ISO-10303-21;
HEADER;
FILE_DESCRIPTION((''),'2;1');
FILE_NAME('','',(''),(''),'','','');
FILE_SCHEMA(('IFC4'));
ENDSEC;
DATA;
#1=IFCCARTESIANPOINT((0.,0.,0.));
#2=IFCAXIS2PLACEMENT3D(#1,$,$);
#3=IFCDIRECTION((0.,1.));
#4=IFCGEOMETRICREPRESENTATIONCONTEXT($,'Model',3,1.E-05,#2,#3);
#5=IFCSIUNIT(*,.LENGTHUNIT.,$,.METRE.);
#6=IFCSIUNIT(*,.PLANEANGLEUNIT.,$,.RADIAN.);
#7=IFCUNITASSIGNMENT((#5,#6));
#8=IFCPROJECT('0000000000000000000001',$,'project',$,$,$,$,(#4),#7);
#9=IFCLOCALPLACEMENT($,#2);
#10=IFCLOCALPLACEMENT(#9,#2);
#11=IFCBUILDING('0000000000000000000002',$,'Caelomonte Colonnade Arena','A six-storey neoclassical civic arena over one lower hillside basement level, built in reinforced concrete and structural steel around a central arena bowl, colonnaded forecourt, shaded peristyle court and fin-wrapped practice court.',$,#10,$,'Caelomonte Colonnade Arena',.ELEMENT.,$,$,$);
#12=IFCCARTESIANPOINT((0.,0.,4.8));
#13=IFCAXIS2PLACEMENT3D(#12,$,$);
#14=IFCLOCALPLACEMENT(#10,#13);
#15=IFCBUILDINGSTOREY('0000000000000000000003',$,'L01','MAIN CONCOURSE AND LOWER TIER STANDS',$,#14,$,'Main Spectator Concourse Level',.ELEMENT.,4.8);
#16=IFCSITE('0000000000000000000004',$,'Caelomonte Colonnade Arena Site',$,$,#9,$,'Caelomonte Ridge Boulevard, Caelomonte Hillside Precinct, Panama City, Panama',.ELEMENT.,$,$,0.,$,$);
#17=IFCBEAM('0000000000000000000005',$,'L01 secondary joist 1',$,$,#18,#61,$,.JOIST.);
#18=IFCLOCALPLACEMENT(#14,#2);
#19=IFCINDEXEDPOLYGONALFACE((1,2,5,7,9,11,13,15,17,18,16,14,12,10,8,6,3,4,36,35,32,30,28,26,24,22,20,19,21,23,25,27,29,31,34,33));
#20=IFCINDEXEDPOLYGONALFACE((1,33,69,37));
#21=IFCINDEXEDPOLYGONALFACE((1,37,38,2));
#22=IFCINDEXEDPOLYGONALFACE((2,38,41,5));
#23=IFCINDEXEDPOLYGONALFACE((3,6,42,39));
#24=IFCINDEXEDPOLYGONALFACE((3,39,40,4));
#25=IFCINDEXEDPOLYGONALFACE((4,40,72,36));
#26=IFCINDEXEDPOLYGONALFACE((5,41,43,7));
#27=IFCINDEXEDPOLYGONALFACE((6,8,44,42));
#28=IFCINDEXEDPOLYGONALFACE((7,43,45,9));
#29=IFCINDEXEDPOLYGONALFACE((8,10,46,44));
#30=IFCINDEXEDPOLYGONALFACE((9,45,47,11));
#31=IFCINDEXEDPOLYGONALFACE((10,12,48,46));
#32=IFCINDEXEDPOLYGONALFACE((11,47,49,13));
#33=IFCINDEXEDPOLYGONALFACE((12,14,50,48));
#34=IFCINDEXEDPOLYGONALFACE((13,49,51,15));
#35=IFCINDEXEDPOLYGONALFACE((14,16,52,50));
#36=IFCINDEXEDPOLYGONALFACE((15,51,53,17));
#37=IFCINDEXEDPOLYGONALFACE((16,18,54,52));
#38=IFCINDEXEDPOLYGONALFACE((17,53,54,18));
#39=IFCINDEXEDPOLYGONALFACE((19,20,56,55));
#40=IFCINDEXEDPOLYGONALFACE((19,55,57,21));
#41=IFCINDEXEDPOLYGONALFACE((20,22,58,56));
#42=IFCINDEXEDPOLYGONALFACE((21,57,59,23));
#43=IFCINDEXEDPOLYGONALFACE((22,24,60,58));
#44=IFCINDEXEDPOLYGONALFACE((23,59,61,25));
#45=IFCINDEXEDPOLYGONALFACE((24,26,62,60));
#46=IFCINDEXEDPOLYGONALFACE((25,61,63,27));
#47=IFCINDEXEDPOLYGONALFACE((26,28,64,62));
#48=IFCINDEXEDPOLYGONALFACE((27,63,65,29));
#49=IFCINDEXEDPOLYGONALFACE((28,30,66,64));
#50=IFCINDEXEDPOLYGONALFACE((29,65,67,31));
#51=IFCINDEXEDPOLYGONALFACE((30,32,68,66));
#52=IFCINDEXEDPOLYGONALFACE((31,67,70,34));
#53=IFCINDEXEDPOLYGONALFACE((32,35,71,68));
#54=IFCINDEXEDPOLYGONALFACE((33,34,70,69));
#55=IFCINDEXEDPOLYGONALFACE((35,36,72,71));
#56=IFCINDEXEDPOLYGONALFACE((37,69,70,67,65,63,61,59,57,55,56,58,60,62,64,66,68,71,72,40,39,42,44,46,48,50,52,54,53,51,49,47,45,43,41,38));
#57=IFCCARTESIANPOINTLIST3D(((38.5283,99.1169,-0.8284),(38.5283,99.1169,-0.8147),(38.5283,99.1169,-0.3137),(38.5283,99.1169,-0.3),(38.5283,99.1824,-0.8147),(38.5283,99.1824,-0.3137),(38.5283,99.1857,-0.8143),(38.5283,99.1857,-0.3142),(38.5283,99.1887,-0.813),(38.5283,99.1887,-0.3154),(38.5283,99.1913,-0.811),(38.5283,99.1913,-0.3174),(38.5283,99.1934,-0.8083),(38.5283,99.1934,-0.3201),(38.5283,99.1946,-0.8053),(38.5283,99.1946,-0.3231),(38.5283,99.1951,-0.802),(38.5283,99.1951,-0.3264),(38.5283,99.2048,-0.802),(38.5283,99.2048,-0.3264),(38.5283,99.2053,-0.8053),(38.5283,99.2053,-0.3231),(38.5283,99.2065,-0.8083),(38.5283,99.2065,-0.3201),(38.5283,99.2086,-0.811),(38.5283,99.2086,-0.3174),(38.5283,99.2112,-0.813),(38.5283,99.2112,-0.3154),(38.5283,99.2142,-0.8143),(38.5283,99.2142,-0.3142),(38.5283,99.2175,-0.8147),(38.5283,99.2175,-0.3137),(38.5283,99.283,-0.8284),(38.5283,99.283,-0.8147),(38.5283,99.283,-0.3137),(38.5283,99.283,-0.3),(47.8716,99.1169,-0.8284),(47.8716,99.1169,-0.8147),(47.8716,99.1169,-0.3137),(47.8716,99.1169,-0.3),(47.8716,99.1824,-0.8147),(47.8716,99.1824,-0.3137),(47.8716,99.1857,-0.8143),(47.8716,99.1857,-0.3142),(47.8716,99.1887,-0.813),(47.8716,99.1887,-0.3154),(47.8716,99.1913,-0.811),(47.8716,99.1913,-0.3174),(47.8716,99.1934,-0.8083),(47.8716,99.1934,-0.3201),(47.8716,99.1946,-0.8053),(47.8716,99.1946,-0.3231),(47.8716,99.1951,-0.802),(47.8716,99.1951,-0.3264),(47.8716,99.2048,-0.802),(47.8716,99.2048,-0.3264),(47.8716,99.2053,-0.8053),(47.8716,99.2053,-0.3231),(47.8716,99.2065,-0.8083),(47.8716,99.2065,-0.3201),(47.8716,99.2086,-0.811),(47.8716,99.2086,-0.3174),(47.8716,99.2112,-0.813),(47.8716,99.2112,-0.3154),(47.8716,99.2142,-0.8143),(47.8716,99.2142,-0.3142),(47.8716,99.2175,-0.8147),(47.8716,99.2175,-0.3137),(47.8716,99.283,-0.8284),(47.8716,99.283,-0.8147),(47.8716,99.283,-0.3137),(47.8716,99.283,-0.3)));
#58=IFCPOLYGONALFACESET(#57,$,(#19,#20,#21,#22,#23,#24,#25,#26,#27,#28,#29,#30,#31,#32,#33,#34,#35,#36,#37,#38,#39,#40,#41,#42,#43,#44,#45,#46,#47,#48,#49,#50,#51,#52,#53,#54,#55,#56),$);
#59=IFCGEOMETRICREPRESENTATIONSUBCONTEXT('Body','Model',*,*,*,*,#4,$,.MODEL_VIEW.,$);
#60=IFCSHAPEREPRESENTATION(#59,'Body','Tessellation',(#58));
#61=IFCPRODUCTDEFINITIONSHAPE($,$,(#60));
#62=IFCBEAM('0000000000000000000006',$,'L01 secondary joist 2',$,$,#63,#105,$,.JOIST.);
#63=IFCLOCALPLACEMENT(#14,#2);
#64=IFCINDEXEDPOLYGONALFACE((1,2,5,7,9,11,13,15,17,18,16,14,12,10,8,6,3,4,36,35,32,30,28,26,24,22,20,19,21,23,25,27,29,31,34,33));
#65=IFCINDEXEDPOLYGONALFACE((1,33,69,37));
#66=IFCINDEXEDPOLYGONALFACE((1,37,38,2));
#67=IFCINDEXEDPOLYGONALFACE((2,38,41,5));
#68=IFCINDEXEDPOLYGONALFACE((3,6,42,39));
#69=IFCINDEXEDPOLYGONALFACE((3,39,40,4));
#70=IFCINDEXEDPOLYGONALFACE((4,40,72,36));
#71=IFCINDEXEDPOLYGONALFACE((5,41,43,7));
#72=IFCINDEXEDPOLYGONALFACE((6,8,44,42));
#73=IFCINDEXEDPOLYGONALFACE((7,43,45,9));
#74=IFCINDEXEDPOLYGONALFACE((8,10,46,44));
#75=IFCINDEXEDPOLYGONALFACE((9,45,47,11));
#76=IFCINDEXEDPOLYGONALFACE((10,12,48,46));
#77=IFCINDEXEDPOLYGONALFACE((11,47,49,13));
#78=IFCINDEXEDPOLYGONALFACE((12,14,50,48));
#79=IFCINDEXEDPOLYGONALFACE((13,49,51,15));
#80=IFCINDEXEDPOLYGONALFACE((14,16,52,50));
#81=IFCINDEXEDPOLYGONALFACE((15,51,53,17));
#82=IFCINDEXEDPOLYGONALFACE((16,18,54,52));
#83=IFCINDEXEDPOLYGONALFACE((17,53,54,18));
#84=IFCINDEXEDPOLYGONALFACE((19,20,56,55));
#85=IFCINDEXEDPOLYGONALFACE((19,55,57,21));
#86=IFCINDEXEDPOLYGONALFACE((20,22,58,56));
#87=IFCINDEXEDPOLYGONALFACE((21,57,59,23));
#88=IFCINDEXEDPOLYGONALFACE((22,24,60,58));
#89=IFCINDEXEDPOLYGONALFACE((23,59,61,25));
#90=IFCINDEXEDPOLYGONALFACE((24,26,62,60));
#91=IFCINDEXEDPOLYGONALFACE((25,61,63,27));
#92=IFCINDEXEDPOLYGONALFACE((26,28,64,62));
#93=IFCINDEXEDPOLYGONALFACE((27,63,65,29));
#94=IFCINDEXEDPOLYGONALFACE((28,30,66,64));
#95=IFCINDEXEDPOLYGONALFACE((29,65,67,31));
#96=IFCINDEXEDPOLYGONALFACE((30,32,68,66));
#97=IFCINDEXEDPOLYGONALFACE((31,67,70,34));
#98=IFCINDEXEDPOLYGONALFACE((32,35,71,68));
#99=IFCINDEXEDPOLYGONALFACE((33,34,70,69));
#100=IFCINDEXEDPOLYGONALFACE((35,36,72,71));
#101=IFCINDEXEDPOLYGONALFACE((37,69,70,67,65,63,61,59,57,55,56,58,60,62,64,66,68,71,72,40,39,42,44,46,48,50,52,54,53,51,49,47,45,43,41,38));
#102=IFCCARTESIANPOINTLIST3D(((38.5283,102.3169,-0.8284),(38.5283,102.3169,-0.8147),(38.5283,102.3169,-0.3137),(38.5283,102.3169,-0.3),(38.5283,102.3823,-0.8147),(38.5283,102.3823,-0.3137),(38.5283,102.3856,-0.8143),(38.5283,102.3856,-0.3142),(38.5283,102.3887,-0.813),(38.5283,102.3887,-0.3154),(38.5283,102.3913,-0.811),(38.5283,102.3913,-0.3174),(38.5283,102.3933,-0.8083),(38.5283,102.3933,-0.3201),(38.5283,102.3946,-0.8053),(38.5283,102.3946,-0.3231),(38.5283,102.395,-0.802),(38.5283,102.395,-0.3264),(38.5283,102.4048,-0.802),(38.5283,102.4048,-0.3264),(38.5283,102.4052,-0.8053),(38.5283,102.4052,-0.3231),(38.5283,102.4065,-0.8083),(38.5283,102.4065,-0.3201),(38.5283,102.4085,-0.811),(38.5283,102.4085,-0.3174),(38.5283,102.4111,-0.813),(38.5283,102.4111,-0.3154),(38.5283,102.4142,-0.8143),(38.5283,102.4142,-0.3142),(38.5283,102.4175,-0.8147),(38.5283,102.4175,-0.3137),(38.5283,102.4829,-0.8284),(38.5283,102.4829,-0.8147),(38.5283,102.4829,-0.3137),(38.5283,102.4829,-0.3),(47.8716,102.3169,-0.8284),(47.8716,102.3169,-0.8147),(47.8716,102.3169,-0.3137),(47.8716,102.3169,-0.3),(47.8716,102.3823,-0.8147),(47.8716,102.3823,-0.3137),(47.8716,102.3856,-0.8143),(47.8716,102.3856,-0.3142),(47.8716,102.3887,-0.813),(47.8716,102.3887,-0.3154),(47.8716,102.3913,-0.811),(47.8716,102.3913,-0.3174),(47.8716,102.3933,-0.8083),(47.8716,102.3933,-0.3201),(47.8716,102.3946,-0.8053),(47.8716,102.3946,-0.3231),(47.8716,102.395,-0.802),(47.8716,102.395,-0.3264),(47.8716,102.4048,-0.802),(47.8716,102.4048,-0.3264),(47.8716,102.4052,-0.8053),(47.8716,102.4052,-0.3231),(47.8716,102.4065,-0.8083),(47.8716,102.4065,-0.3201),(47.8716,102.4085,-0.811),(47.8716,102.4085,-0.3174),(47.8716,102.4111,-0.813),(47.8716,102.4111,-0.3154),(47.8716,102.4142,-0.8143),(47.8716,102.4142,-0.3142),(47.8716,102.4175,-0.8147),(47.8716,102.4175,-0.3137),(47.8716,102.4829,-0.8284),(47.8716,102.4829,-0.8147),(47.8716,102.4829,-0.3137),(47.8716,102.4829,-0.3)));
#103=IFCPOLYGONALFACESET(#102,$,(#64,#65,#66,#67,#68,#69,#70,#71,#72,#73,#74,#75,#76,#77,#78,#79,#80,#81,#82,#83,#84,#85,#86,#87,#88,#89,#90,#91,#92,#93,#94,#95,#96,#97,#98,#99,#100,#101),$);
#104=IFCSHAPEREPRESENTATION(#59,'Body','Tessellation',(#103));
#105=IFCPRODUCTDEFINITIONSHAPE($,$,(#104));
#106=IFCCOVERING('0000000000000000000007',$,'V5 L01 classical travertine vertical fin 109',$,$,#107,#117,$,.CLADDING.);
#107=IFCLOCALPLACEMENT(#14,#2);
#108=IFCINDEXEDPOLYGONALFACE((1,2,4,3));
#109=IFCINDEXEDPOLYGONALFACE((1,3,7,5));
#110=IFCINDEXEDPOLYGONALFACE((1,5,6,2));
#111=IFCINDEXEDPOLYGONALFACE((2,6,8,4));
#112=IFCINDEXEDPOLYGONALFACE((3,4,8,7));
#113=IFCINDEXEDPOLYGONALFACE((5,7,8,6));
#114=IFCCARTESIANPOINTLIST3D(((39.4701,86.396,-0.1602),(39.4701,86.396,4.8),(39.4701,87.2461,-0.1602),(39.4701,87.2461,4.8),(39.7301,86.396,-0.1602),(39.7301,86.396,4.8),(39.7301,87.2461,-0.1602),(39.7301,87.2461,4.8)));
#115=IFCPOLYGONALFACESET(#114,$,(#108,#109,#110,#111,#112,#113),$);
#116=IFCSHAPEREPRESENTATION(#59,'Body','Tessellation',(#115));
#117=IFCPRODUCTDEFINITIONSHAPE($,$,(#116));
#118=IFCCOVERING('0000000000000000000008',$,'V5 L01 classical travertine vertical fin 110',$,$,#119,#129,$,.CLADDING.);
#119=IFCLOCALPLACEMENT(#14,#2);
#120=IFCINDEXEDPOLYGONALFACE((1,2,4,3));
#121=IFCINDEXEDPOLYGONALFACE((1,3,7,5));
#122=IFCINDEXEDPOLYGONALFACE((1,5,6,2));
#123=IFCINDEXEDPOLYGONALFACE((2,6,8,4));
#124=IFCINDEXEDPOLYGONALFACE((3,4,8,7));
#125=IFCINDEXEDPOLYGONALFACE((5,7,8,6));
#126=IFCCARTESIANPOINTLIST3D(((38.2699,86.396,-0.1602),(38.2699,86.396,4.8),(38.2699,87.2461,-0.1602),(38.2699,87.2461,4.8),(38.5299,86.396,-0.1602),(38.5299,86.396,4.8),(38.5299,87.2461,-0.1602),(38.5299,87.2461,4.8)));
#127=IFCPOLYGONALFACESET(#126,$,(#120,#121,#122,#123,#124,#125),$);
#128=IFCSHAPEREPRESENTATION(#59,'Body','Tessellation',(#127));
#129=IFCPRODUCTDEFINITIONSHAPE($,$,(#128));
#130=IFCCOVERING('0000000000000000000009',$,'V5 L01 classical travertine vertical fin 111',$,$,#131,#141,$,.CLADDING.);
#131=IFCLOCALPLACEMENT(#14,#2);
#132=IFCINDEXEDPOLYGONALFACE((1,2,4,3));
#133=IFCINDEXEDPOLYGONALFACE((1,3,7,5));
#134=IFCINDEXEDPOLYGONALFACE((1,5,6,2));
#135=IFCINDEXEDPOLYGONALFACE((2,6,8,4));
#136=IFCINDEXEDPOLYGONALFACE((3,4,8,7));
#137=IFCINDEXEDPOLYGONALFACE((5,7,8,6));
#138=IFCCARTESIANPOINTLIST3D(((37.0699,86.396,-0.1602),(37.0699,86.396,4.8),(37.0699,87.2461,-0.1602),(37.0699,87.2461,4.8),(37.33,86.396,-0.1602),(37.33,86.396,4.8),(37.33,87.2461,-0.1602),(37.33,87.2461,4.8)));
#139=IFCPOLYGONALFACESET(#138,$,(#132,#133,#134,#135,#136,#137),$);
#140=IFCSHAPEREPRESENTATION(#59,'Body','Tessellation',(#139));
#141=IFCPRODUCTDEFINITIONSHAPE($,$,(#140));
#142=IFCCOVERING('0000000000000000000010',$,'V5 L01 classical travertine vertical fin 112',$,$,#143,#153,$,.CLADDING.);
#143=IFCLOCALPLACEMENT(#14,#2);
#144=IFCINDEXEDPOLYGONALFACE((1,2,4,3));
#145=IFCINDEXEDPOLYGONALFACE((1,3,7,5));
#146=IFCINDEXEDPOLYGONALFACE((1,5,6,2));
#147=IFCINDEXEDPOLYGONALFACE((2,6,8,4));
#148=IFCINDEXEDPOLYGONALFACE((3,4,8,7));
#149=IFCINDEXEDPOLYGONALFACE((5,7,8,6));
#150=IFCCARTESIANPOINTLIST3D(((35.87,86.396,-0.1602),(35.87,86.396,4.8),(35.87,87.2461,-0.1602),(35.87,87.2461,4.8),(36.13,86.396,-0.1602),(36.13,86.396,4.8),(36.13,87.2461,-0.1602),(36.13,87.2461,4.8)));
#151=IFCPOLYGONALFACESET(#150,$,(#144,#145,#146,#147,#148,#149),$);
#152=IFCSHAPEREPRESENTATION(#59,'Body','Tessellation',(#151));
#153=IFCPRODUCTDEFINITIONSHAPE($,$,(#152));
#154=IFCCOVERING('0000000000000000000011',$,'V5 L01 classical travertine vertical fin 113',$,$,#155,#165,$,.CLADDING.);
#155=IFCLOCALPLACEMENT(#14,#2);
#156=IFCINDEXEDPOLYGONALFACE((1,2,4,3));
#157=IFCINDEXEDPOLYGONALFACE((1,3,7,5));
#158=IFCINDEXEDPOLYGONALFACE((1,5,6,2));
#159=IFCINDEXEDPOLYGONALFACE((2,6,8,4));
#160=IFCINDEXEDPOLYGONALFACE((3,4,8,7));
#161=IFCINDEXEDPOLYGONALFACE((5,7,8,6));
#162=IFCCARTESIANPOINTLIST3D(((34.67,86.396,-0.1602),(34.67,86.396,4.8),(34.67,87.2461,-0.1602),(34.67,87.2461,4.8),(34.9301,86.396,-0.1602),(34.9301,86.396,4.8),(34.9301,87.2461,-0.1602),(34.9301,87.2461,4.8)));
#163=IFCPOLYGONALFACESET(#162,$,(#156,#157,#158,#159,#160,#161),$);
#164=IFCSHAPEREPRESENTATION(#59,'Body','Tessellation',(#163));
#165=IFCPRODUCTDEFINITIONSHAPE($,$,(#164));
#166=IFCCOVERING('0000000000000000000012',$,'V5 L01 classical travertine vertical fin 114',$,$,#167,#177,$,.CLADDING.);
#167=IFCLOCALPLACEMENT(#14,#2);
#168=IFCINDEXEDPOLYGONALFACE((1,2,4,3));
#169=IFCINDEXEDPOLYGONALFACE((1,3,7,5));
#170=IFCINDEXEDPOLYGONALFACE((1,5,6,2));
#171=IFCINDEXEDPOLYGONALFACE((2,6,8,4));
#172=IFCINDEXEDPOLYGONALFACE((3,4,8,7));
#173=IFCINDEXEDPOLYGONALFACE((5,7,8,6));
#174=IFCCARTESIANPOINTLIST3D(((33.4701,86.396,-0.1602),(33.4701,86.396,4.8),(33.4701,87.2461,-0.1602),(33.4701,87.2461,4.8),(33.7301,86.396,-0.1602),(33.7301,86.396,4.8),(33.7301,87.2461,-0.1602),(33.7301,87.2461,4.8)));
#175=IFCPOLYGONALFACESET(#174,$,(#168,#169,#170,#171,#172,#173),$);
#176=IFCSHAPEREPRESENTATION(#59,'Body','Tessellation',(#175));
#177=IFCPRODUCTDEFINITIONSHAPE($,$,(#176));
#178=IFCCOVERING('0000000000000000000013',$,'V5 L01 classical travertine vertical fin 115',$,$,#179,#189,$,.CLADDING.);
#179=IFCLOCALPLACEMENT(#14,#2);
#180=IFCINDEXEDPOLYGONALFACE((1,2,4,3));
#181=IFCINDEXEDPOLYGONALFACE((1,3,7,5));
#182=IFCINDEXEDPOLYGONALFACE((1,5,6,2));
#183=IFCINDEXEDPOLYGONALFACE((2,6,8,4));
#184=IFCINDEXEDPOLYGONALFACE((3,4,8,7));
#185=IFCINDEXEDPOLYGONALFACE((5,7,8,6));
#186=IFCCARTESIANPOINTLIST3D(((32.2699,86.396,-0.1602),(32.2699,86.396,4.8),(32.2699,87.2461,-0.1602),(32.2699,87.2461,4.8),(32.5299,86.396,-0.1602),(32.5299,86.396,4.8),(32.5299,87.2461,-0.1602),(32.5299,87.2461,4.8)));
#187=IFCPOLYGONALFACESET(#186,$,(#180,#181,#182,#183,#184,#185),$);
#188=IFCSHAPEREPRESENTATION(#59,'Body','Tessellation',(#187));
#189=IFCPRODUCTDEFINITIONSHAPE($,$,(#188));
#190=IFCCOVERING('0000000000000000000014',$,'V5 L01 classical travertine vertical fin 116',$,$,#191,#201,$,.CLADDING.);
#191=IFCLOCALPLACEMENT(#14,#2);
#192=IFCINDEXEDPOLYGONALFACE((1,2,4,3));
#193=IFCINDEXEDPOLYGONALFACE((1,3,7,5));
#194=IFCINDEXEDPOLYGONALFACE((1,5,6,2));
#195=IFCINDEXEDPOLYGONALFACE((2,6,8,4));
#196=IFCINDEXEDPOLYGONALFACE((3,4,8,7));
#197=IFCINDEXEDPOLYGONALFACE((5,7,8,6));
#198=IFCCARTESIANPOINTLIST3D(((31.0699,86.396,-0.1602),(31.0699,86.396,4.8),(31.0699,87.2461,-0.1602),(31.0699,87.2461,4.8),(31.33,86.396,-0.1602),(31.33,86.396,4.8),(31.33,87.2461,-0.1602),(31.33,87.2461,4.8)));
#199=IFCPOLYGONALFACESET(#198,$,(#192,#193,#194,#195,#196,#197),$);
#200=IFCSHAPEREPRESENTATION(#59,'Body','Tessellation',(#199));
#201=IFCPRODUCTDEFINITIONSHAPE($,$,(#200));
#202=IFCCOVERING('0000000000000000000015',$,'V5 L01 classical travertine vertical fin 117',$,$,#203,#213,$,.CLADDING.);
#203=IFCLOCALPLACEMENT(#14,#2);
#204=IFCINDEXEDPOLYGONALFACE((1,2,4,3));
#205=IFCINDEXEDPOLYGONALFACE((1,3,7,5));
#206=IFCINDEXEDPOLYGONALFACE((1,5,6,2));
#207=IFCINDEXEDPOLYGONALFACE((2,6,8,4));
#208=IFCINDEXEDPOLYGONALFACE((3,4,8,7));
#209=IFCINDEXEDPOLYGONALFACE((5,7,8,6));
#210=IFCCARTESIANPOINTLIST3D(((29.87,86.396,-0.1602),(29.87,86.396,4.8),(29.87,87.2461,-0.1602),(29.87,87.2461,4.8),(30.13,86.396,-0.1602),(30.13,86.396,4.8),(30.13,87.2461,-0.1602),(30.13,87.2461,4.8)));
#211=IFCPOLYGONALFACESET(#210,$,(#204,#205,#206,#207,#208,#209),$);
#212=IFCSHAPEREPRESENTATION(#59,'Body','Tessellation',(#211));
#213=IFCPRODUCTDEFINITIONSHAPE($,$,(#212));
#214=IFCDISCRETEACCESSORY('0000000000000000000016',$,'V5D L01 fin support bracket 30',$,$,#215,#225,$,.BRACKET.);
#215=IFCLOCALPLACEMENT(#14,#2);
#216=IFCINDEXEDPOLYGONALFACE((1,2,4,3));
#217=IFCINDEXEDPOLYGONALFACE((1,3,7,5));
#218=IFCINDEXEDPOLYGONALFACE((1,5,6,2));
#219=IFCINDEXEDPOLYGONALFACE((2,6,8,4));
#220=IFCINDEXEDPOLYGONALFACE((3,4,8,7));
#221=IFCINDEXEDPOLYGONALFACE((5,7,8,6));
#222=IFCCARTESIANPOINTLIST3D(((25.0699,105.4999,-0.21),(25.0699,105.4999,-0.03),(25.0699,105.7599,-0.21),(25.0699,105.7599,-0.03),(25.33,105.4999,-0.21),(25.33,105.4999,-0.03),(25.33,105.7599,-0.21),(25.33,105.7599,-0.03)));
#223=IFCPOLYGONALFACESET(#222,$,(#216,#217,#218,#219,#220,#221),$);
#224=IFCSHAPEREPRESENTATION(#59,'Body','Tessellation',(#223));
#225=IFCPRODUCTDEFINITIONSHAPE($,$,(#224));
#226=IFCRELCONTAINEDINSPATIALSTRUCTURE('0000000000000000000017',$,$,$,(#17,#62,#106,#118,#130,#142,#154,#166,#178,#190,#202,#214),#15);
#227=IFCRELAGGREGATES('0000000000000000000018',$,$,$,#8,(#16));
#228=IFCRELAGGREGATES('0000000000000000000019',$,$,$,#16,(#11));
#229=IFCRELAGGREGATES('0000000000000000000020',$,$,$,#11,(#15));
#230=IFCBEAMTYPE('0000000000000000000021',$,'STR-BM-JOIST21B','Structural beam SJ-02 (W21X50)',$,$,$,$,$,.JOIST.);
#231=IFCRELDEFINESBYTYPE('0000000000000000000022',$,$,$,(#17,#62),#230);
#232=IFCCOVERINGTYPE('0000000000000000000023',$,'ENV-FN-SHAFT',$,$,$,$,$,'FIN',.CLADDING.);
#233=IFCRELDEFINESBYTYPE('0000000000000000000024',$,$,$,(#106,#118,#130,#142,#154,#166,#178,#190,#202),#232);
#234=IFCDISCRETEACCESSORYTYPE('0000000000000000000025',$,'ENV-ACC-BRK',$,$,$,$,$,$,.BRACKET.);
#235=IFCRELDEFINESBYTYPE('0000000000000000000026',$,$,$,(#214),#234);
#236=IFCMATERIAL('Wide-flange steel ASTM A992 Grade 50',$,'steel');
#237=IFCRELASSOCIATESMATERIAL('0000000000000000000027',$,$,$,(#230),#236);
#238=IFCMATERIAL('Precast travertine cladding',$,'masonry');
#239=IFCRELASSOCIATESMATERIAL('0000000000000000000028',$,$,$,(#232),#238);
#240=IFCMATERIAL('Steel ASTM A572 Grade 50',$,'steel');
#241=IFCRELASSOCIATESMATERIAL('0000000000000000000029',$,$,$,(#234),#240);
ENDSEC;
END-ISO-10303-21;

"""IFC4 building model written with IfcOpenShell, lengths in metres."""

from ifc_helpers import new_model, si_unit, direction, frame, origin, origin_2d, place, context, subcontext, project, spatial, rectangle, i_section, extrude, material, material_profile, profile_set, type_object, element, save


model = new_model("IFC4")

# Units and contexts
model_context = context("Model", 3, precision=1e-05, world=origin(), true_north=direction((0.0, 1.0)))
body_context = subcontext(model_context, "Body", "Model", "MODEL_VIEW")
ifc_project = project(units=[si_unit("LENGTHUNIT", "METRE"), si_unit("PLANEANGLEUNIT", "RADIAN")], contexts=[model_context])

# Site, building, storey
site_placement = place(None, origin())
site = spatial("IfcSite", under=ifc_project, at=site_placement, Name="Caelomonte Colonnade Arena Site", LongName="Caelomonte Ridge Boulevard, Caelomonte Hillside Precinct, Panama City, Panama", CompositionType="ELEMENT", RefElevation=0.0)
building_placement = place(site_placement, origin())
building = spatial("IfcBuilding", under=site, at=building_placement, Name="Caelomonte Colonnade Arena", Description="A six-storey neoclassical civic arena over one lower hillside basement level, built in reinforced concrete and structural steel around a central arena bowl, colonnaded forecourt, shaded peristyle court and fin-wrapped practice court.", LongName="Caelomonte Colonnade Arena", CompositionType="ELEMENT")
storey_placement = place(building_placement, frame((0.0, 0.0, 4.8)))
storey = spatial("IfcBuildingStorey", under=building, at=storey_placement, Name="L01", Description="MAIN CONCOURSE AND LOWER TIER STANDS", LongName="Main Spectator Concourse Level", CompositionType="ELEMENT", Elevation=4.8)

# Beams
ifc_material_1 = material(Name="Wide-flange steel ASTM A992 Grade 50", Category="steel")
ifc_material_profile_1 = material_profile(ifc_material_1, i_section(OverallWidth=0.166, OverallDepth=0.5283, WebThickness=0.0098, FlangeThickness=0.0137, FilletRadius=0.0127, at=origin_2d()), Name="W21X50")
ifc_profile_set_1 = profile_set([ifc_material_profile_1], Name="Wide-flange steel ASTM A992 Grade 50")
beam_type_1 = type_object("IfcBeamType", Name="STR-BM-JOIST21B", Description="Structural beam SJ-02 (W21X50)", PredefinedType="JOIST", material=ifc_profile_set_1)
for number, where, z_axis, x_axis, name in (
    (1, (38.5283, 99.2, -0.5642), (1.0, 0.0, 0.0), (0.0, 1.0, 0.0), "L01 secondary joist 1"),
    (2, (38.5283, 102.3999, -0.5642), (1.0, 0.0, 0.0), (0.0, 1.0, 0.0), "L01 secondary joist 2"),
):
    element("IfcBeam", number, at=place(storey_placement, frame(where, z_axis=z_axis, x_axis=x_axis)), inside=storey, type_object=beam_type_1, Name=name, PredefinedType="JOIST", context=body_context, shape_type="SweptSolid", body=[
        extrude(i_section(OverallWidth=0.166, OverallDepth=0.5283, WebThickness=0.0098, FlangeThickness=0.0137, FilletRadius=0.0127, at=origin_2d()), origin(), (0.0, 0.0, 1.0), 9.3433),
    ])

# Coverings
ifc_material_2 = material(Name="Precast travertine cladding", Category="masonry")
ifc_material_profile_2 = material_profile(ifc_material_2, rectangle(XDim=0.26, YDim=0.8501, at=origin_2d()), Name="FIN260X850")
ifc_profile_set_2 = profile_set([ifc_material_profile_2], Name="Precast travertine cladding")
covering_type = type_object("IfcCoveringType", Name="ENV-FN-SHAFT", ElementType="FIN", PredefinedType="CLADDING", material=ifc_profile_set_2)
for number, where, z_axis, x_axis, name in (
    (3, (39.6001, 86.821, -0.1602), (0.0, 0.0, 1.0), (1.0, 0.0, 0.0), "V5 L01 classical travertine vertical fin 109"),
    (4, (38.3999, 86.821, -0.1602), (0.0, 0.0, 1.0), (1.0, 0.0, 0.0), "V5 L01 classical travertine vertical fin 110"),
    (5, (37.2, 86.821, -0.1602), (0.0, 0.0, 1.0), (1.0, 0.0, 0.0), "V5 L01 classical travertine vertical fin 111"),
    (6, (36.0, 86.821, -0.1602), (0.0, 0.0, 1.0), (1.0, 0.0, 0.0), "V5 L01 classical travertine vertical fin 112"),
    (7, (34.8, 86.821, -0.1602), (0.0, 0.0, 1.0), (1.0, 0.0, 0.0), "V5 L01 classical travertine vertical fin 113"),
    (8, (33.6001, 86.821, -0.1602), (0.0, 0.0, 1.0), (1.0, 0.0, 0.0), "V5 L01 classical travertine vertical fin 114"),
    (9, (32.3999, 86.821, -0.1602), (0.0, 0.0, 1.0), (1.0, 0.0, 0.0), "V5 L01 classical travertine vertical fin 115"),
    (10, (31.2, 86.821, -0.1602), (0.0, 0.0, 1.0), (1.0, 0.0, 0.0), "V5 L01 classical travertine vertical fin 116"),
    (11, (30.0, 86.821, -0.1602), (0.0, 0.0, 1.0), (1.0, 0.0, 0.0), "V5 L01 classical travertine vertical fin 117"),
):
    element("IfcCovering", number, at=place(storey_placement, frame(where, z_axis=z_axis, x_axis=x_axis)), inside=storey, type_object=covering_type, Name=name, PredefinedType="CLADDING", context=body_context, shape_type="SweptSolid", body=[
        extrude(rectangle(XDim=0.26, YDim=0.8501, at=origin_2d()), origin(), (0.0, 0.0, 1.0), 4.9602),
    ])

# Discrete accessory
ifc_material_3 = material(Name="Steel ASTM A572 Grade 50", Category="steel")
discrete_accessory_type = type_object("IfcDiscreteAccessoryType", Name="ENV-ACC-BRK", PredefinedType="BRACKET", material=ifc_material_3)
discrete_accessory_placement = place(storey_placement, frame((25.2, 105.6299, -0.21), z_axis=(0.0, 0.0, 1.0), x_axis=(-1.0, 0.0, 0.0)))
element("IfcDiscreteAccessory", 12, at=discrete_accessory_placement, inside=storey, type_object=discrete_accessory_type, Name="V5D L01 fin support bracket 30", PredefinedType="BRACKET", context=body_context, shape_type="SweptSolid", body=[
    extrude(rectangle(XDim=0.26, YDim=0.26, at=origin_2d()), origin(), (0.0, 0.0, 1.0), 0.1799),
])

save(model, "model.ifc")
